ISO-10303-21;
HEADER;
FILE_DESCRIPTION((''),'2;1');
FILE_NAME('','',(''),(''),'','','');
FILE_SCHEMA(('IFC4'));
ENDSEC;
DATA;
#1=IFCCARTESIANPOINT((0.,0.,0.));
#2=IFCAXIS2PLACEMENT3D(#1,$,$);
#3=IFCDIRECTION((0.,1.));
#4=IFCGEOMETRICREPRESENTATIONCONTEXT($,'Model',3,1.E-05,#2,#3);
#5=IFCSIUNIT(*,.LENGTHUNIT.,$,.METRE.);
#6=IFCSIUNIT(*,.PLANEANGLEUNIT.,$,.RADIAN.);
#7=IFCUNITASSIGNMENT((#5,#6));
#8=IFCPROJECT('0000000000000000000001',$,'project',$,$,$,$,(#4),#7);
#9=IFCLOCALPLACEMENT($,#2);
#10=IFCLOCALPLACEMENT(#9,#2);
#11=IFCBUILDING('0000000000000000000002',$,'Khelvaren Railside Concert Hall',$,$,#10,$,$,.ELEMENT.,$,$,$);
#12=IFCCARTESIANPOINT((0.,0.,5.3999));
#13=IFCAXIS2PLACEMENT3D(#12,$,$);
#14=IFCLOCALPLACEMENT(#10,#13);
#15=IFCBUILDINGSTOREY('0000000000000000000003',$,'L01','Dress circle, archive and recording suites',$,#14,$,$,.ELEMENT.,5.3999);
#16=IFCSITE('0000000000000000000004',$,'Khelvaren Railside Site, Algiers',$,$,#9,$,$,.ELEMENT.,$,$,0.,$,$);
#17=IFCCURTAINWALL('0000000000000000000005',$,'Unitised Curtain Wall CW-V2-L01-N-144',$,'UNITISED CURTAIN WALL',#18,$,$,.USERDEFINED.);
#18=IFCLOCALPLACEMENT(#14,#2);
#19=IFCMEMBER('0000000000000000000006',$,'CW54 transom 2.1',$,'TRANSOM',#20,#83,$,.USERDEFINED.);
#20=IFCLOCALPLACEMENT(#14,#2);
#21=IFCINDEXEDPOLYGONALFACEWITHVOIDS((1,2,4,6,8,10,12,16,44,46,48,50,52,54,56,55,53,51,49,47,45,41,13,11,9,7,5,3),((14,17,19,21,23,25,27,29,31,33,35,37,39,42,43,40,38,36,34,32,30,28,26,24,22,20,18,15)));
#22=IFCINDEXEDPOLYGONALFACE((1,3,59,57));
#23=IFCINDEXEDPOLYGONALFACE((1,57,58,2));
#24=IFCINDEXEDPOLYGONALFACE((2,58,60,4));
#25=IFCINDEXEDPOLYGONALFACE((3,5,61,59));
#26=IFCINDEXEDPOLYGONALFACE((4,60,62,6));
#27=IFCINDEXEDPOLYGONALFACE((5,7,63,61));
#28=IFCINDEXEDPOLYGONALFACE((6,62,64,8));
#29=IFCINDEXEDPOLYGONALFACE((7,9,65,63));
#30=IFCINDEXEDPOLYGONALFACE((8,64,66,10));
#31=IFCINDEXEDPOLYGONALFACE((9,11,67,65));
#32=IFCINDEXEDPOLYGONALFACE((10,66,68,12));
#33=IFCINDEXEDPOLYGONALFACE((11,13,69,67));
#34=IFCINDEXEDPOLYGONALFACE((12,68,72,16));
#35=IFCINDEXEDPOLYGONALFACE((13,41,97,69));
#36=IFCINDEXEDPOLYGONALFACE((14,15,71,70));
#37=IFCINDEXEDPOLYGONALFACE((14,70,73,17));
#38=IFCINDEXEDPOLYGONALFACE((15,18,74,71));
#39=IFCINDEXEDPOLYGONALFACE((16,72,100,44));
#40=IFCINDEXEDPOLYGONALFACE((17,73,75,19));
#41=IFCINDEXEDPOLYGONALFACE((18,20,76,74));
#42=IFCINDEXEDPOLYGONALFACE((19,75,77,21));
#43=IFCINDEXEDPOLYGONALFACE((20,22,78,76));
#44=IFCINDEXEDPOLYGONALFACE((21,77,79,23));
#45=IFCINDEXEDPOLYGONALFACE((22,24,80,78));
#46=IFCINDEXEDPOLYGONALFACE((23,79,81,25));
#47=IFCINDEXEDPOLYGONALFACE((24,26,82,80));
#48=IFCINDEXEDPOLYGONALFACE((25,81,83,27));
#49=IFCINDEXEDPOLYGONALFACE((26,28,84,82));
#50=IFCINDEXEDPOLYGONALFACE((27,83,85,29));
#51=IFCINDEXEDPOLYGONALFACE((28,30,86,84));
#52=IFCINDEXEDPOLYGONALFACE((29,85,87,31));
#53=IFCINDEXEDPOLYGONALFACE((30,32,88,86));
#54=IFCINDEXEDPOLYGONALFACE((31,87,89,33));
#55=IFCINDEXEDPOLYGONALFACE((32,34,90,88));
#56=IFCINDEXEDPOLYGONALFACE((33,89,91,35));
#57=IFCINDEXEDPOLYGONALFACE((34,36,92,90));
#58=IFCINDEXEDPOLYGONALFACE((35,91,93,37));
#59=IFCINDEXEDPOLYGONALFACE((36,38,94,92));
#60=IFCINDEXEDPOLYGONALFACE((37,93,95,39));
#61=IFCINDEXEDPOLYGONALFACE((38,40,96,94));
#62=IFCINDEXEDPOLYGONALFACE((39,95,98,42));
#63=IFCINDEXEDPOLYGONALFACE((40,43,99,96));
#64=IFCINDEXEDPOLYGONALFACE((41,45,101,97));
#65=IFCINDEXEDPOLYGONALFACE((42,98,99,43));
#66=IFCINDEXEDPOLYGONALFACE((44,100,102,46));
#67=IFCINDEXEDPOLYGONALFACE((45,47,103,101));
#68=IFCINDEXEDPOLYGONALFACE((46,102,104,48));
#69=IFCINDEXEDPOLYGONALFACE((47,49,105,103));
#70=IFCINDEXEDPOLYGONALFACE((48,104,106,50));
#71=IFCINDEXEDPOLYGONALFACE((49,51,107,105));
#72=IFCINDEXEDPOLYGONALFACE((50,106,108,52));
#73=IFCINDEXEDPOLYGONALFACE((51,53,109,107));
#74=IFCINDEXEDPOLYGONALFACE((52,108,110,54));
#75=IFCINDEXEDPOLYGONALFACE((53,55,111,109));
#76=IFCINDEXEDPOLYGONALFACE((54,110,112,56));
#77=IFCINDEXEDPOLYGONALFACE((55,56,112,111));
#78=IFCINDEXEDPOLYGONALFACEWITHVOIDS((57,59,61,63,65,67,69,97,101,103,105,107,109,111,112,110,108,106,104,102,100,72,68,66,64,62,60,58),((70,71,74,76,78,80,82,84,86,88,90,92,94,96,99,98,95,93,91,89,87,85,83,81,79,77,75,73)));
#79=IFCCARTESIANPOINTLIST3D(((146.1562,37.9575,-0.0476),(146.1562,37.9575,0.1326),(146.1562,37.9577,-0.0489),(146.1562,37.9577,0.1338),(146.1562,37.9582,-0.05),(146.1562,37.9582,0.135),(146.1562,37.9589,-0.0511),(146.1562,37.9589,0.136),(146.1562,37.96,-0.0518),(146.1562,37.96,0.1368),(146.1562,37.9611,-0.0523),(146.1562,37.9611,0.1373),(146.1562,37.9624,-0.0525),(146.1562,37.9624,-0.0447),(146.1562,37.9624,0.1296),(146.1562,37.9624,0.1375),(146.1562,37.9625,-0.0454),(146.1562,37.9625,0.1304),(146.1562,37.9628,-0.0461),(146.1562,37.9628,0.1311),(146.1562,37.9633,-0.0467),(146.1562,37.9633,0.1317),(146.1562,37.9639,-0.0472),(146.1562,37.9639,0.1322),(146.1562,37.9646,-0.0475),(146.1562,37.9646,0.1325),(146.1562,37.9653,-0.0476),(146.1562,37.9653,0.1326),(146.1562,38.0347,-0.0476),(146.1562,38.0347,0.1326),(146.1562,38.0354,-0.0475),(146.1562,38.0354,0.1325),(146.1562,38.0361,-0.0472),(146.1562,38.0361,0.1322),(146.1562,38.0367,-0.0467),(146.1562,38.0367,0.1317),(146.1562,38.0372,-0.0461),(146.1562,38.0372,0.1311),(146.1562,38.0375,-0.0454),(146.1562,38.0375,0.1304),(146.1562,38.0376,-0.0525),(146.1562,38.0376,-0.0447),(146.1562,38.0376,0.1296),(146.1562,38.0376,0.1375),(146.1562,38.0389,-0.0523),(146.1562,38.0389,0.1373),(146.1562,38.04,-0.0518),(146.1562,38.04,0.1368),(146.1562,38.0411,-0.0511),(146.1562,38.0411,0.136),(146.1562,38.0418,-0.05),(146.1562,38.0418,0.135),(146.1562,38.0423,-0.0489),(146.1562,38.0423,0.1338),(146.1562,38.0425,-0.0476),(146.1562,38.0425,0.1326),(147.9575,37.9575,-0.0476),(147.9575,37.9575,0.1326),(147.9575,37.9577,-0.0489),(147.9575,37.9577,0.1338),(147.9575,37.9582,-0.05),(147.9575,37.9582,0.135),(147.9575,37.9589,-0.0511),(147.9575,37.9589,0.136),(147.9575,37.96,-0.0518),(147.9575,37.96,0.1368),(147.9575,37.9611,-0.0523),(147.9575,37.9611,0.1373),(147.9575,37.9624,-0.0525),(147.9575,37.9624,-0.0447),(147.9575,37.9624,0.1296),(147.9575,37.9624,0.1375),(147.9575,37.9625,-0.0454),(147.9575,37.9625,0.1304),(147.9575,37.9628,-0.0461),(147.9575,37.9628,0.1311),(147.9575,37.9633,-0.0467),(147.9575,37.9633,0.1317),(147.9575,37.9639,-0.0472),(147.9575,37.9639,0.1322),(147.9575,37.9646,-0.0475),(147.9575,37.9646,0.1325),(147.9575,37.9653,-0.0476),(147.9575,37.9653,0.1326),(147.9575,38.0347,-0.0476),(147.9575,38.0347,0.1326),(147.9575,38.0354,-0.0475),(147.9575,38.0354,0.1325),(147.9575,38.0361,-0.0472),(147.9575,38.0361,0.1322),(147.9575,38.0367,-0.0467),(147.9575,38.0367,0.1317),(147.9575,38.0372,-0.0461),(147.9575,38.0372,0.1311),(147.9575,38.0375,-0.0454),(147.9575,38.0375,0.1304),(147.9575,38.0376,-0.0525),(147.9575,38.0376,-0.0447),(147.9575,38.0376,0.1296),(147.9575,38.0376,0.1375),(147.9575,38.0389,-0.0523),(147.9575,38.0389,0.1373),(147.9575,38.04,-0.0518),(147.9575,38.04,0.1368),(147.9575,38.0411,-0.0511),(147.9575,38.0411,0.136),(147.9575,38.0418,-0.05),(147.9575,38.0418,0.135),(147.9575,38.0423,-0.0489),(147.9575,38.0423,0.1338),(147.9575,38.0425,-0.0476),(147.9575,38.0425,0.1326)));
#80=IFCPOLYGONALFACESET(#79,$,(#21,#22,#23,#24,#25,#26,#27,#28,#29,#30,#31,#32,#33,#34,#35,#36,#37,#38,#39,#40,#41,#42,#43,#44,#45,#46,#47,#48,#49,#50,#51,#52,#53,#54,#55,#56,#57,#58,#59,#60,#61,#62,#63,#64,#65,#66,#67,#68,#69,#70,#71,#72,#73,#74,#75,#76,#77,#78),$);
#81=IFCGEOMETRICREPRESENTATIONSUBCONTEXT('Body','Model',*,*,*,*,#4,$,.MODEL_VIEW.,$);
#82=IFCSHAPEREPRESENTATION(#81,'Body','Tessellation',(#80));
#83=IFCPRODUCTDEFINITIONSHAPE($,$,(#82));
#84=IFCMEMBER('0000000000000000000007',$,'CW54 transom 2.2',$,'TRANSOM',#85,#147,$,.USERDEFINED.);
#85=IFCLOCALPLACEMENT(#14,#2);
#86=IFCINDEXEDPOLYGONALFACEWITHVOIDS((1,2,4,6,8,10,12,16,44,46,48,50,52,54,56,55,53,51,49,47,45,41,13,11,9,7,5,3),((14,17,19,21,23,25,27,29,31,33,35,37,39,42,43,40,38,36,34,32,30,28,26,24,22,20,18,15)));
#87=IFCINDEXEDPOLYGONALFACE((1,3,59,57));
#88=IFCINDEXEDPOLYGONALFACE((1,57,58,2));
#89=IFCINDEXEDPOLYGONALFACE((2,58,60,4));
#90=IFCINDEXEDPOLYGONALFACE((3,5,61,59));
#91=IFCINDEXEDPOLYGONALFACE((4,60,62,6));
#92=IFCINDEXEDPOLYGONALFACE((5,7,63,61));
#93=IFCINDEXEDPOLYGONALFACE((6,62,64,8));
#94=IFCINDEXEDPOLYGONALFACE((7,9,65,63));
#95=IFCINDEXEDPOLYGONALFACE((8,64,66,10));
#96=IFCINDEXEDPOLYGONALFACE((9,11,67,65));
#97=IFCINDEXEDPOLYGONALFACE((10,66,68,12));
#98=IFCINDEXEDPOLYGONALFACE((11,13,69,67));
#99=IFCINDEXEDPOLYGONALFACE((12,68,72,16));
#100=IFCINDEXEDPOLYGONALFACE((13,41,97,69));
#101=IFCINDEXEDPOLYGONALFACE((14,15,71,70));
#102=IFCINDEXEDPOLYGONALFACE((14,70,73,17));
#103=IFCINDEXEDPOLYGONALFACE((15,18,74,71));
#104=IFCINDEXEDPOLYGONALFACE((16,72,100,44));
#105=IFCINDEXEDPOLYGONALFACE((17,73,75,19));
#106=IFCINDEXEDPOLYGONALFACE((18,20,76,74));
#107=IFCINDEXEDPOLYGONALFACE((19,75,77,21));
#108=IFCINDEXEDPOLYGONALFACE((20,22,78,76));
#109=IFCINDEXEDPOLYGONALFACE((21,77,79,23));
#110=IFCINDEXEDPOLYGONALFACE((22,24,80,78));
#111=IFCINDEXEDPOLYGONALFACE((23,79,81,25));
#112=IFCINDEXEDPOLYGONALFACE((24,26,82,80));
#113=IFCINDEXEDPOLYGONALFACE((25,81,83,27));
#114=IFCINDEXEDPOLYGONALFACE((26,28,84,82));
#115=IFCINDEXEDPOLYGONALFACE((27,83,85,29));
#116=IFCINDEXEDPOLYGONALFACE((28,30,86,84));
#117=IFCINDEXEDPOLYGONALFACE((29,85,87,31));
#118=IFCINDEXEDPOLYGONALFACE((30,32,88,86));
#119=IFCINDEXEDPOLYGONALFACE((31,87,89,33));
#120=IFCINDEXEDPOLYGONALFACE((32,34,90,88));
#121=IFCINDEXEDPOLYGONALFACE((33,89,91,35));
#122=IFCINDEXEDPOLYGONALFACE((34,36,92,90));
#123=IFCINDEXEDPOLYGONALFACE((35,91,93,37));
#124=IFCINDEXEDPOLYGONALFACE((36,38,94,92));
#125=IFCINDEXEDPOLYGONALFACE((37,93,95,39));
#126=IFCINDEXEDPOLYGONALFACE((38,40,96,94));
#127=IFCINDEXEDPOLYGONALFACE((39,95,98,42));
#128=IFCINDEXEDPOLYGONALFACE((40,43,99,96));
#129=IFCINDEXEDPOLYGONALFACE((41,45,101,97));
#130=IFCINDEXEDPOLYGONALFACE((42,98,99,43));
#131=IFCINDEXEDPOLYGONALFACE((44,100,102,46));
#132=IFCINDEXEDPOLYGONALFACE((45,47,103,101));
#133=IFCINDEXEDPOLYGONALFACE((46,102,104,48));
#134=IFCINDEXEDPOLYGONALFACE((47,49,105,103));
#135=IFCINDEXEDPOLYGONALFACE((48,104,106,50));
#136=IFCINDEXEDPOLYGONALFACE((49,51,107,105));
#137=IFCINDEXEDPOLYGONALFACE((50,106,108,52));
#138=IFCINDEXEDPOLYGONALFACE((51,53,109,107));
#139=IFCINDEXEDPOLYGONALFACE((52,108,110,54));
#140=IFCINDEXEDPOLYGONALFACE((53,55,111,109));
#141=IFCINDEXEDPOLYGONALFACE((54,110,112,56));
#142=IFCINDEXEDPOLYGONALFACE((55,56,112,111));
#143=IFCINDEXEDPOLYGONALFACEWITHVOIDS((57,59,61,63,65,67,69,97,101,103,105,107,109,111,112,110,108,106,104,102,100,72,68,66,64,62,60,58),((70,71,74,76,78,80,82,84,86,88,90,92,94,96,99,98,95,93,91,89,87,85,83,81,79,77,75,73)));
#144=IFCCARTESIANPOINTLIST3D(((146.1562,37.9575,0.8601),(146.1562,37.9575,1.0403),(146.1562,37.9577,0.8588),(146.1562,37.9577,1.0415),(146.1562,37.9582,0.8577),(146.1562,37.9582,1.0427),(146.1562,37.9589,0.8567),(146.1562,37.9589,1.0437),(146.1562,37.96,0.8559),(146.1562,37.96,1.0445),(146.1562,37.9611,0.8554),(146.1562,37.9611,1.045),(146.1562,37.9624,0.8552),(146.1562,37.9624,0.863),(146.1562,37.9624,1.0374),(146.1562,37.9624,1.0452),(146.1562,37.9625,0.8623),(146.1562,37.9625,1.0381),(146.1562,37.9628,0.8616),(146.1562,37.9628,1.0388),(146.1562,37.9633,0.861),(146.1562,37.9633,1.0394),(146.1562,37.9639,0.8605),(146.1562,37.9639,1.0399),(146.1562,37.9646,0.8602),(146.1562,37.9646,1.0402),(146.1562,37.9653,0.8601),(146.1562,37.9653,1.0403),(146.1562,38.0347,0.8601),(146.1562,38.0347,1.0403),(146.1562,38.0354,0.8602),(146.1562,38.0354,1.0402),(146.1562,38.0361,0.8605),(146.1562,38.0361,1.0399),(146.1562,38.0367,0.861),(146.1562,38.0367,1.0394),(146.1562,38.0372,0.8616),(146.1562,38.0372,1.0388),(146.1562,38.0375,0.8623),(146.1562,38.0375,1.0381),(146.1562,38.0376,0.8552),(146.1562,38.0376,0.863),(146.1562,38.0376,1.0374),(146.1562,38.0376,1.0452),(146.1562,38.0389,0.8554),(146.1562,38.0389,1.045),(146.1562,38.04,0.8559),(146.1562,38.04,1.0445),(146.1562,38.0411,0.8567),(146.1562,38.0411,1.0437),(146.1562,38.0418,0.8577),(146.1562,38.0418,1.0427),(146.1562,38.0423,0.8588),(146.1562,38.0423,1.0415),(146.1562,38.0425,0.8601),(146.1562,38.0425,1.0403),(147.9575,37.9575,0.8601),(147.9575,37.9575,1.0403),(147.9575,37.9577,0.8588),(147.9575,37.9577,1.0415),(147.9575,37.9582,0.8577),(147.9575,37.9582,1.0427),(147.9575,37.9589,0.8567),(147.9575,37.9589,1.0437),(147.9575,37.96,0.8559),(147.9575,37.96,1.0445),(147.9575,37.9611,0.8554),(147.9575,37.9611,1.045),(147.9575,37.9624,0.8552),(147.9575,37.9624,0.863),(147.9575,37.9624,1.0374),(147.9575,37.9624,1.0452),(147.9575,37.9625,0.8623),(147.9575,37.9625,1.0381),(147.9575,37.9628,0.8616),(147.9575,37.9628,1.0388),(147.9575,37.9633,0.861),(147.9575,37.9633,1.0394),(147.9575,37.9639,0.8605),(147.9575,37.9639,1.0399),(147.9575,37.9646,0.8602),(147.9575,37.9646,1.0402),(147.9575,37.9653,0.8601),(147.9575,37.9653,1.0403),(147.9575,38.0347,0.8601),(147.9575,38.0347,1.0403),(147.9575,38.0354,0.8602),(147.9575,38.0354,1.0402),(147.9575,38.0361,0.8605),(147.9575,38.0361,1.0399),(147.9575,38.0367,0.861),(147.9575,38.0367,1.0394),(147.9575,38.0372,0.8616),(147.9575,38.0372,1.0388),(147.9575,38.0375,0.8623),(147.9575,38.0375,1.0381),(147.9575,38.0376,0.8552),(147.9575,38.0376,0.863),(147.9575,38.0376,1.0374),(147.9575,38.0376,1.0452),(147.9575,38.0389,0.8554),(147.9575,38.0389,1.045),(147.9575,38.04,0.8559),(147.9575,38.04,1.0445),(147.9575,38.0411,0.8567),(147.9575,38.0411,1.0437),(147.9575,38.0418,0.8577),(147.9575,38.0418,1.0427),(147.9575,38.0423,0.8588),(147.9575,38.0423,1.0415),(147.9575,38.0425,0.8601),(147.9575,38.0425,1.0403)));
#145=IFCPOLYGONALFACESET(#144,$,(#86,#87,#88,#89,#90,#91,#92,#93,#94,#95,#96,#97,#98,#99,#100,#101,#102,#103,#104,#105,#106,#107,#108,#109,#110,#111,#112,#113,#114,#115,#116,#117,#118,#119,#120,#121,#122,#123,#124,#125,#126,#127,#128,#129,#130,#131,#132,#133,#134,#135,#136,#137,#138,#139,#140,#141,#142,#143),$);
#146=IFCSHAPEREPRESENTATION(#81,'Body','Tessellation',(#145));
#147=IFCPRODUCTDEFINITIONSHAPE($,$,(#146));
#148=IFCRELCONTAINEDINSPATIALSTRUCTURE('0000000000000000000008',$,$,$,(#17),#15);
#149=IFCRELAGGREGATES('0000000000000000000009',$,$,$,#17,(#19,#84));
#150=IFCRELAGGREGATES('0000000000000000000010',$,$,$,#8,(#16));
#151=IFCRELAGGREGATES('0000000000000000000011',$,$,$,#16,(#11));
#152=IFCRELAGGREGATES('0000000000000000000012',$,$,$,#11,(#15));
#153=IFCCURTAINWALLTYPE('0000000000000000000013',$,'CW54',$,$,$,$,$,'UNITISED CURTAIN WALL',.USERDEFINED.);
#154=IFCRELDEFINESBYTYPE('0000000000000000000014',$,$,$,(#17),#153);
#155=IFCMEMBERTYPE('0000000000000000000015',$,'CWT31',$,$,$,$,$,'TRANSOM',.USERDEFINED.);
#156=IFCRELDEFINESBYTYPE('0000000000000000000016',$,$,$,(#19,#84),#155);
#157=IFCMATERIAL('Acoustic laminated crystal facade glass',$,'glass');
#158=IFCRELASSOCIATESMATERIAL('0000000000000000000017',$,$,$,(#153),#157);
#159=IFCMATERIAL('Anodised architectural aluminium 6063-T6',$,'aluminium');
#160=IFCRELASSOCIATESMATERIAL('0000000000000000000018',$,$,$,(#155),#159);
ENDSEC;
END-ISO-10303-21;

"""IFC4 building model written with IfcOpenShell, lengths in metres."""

from ifc_helpers import new_model, si_unit, direction, frame, origin, origin_2d, place, context, subcontext, project, spatial, hollow_rectangle, extrude, material, material_profile, profile_set, type_object, element, aggregate, save


model = new_model("IFC4")

# Units and contexts
model_context = context("Model", 3, precision=1e-05, world=origin(), true_north=direction((0.0, 1.0)))
body_context = subcontext(model_context, "Body", "Model", "MODEL_VIEW")
ifc_project = project(units=[si_unit("LENGTHUNIT", "METRE"), si_unit("PLANEANGLEUNIT", "RADIAN")], contexts=[model_context])

# Site, building, storey
site_placement = place(None, origin())
site = spatial("IfcSite", under=ifc_project, at=site_placement, Name="Khelvaren Railside Site, Algiers", CompositionType="ELEMENT", RefElevation=0.0)
building_placement = place(site_placement, origin())
building = spatial("IfcBuilding", under=site, at=building_placement, Name="Khelvaren Railside Concert Hall", CompositionType="ELEMENT")
storey_placement = place(building_placement, frame((0.0, 0.0, 5.3999)))
storey = spatial("IfcBuildingStorey", under=building, at=storey_placement, Name="L01", Description="Dress circle, archive and recording suites", CompositionType="ELEMENT", Elevation=5.3999)

# Curtain wall
ifc_material_1 = material(Name="Acoustic laminated crystal facade glass", Category="glass")
curtain_wall_type_1 = type_object("IfcCurtainWallType", Name="CW54", ElementType="UNITISED CURTAIN WALL", PredefinedType="USERDEFINED", material=ifc_material_1)
curtain_wall_1_placement = place(storey_placement, origin())
curtain_wall_1 = element("IfcCurtainWall", 1, at=curtain_wall_1_placement, inside=storey, type_object=curtain_wall_type_1, Name="Unitised Curtain Wall CW-V2-L01-N-144", ObjectType="UNITISED CURTAIN WALL", PredefinedType="USERDEFINED")
ifc_material_2 = material(Name="Anodised architectural aluminium 6063-T6", Category="aluminium")

# Members
ifc_material_profile_1 = material_profile(ifc_material_2, hollow_rectangle(XDim=0.085, YDim=0.1899, WallThickness=0.0049, InnerFilletRadius=0.0029, OuterFilletRadius=0.0049, at=origin_2d()), Name="CWT 85x190x5")
ifc_profile_set_1 = profile_set([ifc_material_profile_1], Name="Anodised architectural aluminium 6063-T6")
member_type_1 = type_object("IfcMemberType", Name="CWT31", ElementType="TRANSOM", PredefinedType="USERDEFINED", material=ifc_profile_set_1)
member_1_placement = place(storey_placement, frame((146.1562, 38.0, 0.0425), z_axis=(1.0, 0.0, 0.0), x_axis=(0.0, 1.0, 0.0)))
member_1 = element("IfcMember", 2, at=member_1_placement, type_object=member_type_1, Name="CW54 transom 2.1", ObjectType="TRANSOM", PredefinedType="USERDEFINED", context=body_context, shape_type="SweptSolid", body=[
    extrude(hollow_rectangle(XDim=0.085, YDim=0.1899, WallThickness=0.0049, InnerFilletRadius=0.0029, OuterFilletRadius=0.0049, at=origin_2d()), origin(), (0.0, 0.0, 1.0), 1.8013),
])
member_2_placement = place(storey_placement, frame((146.1562, 38.0, 0.9502), z_axis=(1.0, 0.0, 0.0), x_axis=(0.0, 1.0, 0.0)))
member_2 = element("IfcMember", 3, at=member_2_placement, type_object=member_type_1, Name="CW54 transom 2.2", ObjectType="TRANSOM", PredefinedType="USERDEFINED", context=body_context, shape_type="SweptSolid", body=[
    extrude(hollow_rectangle(XDim=0.085, YDim=0.1899, WallThickness=0.0049, InnerFilletRadius=0.0029, OuterFilletRadius=0.0049, at=origin_2d()), origin(), (0.0, 0.0, 1.0), 1.8013),
])

aggregate(curtain_wall_1, [member_1, member_2])

save(model, "model.ifc")
